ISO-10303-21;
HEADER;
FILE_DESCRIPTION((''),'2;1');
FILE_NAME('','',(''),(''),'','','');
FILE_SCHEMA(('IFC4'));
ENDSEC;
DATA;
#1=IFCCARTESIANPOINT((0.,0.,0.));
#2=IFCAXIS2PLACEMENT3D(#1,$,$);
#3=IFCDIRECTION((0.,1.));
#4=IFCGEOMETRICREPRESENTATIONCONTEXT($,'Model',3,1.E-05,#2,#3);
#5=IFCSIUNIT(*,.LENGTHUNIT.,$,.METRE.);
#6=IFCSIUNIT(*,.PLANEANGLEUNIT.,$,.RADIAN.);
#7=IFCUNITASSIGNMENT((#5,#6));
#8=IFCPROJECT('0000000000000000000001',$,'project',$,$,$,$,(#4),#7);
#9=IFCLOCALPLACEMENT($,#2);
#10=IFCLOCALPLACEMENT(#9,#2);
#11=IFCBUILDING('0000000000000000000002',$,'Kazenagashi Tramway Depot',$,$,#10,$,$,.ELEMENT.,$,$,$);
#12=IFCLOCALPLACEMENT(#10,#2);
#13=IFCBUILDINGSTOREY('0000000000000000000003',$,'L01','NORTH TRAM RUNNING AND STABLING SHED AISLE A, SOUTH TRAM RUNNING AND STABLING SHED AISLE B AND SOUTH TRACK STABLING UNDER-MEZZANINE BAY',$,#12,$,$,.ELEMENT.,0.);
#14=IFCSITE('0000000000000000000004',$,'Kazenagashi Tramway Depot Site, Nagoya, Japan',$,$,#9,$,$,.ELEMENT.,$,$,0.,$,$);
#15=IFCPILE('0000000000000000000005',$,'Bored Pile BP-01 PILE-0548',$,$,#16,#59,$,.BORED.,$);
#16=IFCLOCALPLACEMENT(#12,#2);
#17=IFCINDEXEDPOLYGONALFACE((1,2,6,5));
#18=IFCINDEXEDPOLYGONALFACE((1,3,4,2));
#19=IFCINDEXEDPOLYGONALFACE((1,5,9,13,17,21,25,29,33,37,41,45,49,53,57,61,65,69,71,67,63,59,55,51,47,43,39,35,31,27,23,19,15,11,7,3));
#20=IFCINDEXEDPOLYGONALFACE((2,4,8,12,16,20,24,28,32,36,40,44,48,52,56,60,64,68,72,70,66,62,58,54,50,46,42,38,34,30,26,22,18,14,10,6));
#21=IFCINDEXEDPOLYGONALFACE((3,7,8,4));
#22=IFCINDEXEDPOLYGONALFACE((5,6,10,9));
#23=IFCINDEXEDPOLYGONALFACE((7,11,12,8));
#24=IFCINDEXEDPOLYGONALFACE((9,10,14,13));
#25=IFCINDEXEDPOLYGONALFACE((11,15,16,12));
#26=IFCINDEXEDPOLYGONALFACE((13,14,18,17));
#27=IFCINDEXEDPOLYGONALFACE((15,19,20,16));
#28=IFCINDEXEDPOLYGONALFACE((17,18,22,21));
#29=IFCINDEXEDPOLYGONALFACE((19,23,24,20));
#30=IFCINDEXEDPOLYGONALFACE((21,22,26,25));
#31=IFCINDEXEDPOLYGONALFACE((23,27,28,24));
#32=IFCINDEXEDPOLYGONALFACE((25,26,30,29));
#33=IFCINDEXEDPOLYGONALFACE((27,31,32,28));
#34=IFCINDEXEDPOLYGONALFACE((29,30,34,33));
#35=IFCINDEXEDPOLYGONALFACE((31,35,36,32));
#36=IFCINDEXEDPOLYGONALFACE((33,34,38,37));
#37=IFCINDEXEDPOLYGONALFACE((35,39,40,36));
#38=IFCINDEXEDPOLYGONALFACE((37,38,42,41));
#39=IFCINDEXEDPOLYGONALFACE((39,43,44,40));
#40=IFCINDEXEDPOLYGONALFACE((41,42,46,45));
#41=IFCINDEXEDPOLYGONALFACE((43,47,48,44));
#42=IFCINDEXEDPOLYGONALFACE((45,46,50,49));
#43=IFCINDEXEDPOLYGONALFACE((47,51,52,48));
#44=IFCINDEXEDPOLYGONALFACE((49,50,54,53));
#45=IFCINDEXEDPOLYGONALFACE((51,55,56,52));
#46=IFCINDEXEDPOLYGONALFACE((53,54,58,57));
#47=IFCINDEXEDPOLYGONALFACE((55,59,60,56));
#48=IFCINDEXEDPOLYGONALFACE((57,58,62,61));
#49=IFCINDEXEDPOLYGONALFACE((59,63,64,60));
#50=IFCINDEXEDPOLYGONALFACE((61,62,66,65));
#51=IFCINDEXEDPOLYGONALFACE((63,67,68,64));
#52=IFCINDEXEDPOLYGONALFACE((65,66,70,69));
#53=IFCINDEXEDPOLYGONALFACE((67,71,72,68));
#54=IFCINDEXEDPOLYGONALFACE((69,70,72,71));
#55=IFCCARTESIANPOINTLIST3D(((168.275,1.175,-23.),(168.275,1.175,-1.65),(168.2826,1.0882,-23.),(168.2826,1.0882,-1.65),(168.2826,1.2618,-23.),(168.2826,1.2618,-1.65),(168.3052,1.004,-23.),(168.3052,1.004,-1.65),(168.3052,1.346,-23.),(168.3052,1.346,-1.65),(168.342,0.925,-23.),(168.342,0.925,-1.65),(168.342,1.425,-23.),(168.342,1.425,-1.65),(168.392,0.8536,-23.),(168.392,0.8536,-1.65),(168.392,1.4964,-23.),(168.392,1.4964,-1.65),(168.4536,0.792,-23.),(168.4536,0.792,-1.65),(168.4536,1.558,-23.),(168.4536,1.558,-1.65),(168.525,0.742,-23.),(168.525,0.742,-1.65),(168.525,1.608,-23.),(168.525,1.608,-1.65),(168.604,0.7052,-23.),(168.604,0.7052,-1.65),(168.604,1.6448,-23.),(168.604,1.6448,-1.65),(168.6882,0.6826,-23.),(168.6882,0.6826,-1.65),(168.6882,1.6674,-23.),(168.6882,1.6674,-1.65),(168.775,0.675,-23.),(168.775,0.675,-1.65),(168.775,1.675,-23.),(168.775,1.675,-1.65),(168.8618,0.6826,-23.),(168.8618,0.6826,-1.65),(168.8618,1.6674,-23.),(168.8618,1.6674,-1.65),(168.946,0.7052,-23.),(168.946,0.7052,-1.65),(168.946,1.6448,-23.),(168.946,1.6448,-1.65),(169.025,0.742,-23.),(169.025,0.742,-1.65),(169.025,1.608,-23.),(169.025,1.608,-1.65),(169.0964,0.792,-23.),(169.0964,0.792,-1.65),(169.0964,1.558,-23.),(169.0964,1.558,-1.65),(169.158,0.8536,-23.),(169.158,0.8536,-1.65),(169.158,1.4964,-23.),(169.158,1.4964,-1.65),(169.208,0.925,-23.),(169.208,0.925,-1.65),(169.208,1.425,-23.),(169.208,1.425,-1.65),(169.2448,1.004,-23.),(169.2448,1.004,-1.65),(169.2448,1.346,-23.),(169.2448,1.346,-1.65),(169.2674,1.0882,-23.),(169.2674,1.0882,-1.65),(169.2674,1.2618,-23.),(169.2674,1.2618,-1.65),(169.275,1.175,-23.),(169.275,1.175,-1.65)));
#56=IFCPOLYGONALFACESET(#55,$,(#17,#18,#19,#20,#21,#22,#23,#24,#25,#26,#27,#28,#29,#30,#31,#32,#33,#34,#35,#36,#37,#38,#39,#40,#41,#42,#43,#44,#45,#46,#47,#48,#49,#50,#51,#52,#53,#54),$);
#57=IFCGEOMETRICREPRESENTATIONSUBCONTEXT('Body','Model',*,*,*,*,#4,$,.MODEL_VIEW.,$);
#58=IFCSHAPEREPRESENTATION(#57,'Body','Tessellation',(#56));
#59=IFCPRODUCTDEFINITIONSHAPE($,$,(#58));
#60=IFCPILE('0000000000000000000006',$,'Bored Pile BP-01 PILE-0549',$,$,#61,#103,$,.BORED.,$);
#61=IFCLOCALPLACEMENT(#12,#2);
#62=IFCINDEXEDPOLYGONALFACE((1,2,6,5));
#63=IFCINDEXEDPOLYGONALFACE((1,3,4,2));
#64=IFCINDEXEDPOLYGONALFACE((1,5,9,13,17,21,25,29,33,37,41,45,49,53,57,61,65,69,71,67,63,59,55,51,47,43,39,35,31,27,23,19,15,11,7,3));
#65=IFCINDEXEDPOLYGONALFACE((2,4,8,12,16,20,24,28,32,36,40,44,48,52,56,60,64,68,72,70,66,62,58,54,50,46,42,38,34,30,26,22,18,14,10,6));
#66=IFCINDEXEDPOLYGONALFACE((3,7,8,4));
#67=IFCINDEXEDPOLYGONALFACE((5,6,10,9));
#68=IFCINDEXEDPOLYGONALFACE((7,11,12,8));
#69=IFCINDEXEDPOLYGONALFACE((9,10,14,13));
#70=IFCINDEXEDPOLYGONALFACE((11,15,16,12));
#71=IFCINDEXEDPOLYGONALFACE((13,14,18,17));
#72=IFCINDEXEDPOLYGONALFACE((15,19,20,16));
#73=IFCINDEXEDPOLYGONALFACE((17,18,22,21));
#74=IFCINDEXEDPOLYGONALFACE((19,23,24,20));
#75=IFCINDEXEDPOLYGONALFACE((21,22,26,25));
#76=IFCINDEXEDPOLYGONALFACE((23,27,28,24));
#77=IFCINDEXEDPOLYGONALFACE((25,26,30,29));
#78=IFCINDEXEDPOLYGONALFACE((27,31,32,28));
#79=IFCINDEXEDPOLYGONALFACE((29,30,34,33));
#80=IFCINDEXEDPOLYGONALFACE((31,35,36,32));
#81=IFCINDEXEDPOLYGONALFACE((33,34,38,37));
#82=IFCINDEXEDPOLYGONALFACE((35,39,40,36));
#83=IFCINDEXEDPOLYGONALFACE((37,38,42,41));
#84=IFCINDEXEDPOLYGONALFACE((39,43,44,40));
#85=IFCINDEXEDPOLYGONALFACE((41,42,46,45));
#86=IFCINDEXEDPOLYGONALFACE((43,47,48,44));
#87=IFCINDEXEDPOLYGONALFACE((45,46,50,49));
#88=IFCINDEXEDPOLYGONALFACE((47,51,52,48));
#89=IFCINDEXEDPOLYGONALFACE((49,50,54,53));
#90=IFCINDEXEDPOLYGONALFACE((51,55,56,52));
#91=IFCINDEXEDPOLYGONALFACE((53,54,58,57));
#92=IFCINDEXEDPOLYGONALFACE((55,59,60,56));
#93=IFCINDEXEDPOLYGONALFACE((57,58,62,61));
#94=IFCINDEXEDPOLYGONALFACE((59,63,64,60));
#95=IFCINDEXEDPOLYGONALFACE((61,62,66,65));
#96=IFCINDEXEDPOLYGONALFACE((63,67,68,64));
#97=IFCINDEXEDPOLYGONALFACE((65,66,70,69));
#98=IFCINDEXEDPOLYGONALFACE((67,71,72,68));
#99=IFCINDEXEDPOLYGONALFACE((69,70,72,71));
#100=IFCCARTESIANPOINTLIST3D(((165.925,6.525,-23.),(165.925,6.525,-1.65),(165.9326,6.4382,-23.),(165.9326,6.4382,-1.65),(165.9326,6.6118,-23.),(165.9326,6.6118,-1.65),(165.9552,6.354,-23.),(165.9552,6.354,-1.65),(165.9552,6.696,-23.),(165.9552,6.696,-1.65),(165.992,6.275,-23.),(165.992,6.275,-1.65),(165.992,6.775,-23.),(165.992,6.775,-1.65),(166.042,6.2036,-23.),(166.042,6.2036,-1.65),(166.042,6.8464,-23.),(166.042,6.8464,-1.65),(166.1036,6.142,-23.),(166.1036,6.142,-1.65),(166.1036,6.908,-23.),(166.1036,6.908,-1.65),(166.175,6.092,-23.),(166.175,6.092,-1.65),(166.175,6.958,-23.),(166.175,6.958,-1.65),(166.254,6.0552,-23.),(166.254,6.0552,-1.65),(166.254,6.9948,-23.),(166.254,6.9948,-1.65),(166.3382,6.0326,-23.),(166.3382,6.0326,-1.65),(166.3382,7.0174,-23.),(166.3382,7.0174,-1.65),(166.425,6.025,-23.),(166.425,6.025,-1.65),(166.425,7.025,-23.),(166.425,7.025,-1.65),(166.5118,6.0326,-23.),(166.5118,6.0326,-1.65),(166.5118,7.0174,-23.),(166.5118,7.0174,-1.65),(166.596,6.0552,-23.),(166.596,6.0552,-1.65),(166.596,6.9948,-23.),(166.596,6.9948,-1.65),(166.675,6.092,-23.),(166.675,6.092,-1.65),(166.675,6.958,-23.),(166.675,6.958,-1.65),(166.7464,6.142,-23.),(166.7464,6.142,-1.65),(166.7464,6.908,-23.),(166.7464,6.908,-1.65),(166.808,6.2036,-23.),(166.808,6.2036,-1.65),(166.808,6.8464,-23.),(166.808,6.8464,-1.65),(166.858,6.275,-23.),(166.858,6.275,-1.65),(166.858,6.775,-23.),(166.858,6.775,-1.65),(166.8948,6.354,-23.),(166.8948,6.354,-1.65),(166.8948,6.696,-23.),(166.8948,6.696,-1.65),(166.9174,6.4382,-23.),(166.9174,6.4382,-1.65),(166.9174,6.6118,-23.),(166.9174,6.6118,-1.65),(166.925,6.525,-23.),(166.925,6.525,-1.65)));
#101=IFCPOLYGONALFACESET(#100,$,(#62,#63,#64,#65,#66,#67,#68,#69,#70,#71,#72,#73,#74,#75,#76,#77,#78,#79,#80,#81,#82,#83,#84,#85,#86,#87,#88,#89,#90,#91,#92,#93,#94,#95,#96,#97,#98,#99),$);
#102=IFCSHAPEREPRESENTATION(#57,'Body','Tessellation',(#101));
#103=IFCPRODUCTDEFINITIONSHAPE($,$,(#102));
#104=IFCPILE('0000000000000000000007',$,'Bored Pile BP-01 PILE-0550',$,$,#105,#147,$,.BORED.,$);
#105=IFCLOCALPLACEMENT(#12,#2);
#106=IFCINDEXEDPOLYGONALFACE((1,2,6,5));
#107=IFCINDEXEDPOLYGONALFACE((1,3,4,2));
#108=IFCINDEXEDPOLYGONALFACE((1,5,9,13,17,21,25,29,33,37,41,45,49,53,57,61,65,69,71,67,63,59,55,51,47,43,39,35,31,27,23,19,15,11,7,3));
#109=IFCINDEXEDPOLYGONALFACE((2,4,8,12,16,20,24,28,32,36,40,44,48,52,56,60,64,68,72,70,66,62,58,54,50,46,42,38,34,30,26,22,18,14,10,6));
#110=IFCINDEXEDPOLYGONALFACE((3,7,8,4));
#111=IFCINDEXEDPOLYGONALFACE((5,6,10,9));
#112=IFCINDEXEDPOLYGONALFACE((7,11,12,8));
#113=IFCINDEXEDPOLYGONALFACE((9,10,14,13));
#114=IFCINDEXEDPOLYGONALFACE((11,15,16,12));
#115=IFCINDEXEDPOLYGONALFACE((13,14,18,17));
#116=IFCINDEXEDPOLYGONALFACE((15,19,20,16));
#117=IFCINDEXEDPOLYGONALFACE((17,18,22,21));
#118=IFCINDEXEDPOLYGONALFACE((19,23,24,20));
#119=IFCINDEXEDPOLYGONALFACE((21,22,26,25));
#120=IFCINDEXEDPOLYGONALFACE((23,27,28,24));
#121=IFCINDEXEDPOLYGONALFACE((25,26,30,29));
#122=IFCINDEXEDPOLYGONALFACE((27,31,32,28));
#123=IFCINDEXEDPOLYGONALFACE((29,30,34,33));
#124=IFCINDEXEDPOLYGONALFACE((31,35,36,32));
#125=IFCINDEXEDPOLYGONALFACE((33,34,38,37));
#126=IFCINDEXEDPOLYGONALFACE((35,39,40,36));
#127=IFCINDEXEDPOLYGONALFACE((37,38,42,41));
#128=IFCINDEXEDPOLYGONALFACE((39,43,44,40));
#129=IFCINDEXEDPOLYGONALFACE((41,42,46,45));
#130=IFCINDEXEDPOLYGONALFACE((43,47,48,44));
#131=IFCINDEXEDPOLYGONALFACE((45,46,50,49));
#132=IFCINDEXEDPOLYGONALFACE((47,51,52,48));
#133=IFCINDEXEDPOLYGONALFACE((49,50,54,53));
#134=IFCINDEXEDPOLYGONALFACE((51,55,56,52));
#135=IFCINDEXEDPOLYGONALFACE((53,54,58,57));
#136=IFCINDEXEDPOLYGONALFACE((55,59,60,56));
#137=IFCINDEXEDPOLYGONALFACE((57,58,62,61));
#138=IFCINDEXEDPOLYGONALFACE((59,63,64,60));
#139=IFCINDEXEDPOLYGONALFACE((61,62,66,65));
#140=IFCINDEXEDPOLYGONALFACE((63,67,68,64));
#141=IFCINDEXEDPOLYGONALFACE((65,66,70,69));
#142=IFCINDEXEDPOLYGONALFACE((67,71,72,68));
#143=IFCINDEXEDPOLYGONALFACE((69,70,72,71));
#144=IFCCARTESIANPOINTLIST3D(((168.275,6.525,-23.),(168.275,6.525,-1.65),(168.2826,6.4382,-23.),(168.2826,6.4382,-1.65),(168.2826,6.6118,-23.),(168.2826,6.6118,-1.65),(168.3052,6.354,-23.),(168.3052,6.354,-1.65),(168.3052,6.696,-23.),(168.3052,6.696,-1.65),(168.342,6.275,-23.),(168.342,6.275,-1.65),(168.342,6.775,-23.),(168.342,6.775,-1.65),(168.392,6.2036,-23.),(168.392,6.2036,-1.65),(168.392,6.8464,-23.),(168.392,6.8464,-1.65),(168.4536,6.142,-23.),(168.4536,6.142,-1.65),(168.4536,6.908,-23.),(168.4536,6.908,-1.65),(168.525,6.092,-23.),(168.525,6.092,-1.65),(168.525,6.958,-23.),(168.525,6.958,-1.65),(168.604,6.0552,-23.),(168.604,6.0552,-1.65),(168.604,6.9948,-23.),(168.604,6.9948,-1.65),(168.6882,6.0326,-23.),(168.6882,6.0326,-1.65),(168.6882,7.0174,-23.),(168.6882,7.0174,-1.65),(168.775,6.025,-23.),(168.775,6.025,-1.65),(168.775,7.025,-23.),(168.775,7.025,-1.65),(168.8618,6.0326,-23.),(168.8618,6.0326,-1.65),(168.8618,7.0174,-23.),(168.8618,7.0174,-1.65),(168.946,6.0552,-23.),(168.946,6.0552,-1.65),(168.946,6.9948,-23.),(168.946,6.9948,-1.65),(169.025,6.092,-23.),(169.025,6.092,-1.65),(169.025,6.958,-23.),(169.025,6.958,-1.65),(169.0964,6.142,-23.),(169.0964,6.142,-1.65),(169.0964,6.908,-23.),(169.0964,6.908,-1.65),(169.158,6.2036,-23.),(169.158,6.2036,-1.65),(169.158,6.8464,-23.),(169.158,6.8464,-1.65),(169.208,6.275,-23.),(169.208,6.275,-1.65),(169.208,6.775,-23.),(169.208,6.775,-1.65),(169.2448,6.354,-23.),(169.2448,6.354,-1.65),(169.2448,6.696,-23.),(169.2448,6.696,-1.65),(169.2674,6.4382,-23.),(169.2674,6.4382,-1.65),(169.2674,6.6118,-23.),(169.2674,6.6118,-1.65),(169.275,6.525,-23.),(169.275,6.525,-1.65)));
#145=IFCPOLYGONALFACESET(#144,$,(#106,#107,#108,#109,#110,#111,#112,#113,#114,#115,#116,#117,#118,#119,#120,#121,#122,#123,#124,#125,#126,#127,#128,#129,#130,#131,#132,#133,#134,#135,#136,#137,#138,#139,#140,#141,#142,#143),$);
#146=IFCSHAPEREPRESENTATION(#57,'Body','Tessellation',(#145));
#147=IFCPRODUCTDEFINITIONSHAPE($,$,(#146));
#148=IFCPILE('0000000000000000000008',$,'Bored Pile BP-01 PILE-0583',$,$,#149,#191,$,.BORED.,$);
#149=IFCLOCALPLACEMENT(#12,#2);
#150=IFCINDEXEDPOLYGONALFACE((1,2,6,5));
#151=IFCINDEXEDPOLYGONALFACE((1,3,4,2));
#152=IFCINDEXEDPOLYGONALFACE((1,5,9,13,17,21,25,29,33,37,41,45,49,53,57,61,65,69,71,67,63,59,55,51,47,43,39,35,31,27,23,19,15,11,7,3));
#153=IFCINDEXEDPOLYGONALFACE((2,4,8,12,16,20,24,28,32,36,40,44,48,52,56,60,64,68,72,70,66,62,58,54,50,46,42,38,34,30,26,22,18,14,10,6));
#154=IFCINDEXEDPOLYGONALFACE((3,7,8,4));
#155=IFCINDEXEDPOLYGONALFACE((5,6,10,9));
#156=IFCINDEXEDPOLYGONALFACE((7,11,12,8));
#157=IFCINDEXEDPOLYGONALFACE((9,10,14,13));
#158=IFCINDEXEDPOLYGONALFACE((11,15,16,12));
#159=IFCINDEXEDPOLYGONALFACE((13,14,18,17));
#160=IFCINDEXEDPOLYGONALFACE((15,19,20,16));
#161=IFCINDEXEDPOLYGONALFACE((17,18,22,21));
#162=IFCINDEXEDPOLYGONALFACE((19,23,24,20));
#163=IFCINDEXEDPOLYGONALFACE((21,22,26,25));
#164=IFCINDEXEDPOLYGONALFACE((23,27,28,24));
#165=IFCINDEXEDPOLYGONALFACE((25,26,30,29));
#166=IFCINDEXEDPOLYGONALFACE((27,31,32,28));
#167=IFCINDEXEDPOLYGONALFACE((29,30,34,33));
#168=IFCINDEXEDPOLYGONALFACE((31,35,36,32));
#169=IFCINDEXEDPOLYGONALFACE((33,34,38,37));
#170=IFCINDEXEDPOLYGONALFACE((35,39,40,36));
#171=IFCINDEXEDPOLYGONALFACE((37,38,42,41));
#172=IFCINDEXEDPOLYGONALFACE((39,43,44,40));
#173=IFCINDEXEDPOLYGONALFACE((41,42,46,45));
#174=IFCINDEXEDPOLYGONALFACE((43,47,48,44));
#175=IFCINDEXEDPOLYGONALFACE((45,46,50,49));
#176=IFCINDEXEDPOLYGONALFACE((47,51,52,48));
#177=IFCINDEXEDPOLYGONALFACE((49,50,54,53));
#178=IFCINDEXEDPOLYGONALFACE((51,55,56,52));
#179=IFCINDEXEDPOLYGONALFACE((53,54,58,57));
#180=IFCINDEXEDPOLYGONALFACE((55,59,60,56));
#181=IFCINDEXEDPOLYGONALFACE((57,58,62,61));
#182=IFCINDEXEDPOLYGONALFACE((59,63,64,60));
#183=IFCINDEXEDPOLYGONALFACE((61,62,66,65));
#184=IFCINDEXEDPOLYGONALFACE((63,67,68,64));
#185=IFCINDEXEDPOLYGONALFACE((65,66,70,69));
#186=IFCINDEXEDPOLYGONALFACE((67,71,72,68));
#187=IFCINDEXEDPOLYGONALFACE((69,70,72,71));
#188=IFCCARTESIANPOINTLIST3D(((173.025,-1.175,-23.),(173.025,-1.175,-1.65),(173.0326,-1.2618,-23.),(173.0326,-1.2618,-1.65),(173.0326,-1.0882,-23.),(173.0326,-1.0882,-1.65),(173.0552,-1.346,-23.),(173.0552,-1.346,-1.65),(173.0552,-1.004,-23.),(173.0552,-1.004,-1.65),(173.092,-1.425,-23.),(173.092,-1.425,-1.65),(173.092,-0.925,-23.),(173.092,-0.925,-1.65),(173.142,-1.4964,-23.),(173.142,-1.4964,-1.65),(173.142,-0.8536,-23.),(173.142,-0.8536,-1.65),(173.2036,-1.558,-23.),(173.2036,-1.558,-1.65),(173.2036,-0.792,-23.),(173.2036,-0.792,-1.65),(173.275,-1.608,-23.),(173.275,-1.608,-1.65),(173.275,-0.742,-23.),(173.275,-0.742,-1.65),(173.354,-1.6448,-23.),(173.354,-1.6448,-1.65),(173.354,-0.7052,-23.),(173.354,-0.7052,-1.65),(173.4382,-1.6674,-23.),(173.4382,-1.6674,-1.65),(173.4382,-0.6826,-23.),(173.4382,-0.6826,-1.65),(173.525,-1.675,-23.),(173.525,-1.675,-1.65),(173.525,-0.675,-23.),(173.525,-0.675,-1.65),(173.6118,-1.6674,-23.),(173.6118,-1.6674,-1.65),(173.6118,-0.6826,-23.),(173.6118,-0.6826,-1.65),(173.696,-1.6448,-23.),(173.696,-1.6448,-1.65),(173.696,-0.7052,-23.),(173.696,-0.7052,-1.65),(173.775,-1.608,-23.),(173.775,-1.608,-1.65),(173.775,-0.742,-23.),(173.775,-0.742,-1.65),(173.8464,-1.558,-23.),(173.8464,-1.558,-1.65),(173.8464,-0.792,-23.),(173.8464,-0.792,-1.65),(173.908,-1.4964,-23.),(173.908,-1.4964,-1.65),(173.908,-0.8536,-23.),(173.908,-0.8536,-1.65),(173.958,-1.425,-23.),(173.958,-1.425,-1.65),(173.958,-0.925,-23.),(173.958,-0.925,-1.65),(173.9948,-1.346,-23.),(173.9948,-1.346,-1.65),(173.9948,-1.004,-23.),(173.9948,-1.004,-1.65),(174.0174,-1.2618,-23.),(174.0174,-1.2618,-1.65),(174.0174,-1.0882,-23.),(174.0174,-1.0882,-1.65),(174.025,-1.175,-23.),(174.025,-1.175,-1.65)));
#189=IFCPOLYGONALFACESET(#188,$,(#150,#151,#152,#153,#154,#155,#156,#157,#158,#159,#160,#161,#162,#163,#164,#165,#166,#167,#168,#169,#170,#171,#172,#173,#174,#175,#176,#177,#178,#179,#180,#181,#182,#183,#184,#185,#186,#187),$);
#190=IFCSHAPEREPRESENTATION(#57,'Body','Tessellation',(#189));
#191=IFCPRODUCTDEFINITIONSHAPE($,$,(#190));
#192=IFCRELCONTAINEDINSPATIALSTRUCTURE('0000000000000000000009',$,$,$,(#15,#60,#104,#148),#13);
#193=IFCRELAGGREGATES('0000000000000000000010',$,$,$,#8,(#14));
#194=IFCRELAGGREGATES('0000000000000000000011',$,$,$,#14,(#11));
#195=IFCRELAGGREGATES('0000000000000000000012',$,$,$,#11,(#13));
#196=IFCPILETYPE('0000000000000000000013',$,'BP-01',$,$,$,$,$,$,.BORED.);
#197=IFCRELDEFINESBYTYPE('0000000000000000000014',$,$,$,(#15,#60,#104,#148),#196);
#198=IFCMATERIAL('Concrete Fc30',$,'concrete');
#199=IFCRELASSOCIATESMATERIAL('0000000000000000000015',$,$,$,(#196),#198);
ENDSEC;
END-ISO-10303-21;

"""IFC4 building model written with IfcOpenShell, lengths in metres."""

from ifc_helpers import new_model, si_unit, direction, frame, origin, origin_2d, place, context, subcontext, project, spatial, circle, extrude, material, material_profile, profile_set, type_object, element, save


model = new_model("IFC4")

# Units and contexts
model_context = context("Model", 3, precision=1e-05, world=origin(), true_north=direction((0.0, 1.0)))
body_context = subcontext(model_context, "Body", "Model", "MODEL_VIEW")
ifc_project = project(units=[si_unit("LENGTHUNIT", "METRE"), si_unit("PLANEANGLEUNIT", "RADIAN")], contexts=[model_context])

# Site, building, storey
site_placement = place(None, origin())
site = spatial("IfcSite", under=ifc_project, at=site_placement, Name="Kazenagashi Tramway Depot Site, Nagoya, Japan", CompositionType="ELEMENT", RefElevation=0.0)
building_placement = place(site_placement, origin())
building = spatial("IfcBuilding", under=site, at=building_placement, Name="Kazenagashi Tramway Depot", CompositionType="ELEMENT")
storey_placement = place(building_placement, origin())
storey = spatial("IfcBuildingStorey", under=building, at=storey_placement, Name="L01", Description="NORTH TRAM RUNNING AND STABLING SHED AISLE A, SOUTH TRAM RUNNING AND STABLING SHED AISLE B AND SOUTH TRACK STABLING UNDER-MEZZANINE BAY", CompositionType="ELEMENT", Elevation=0.0)

# Piles
ifc_material_1 = material(Name="Concrete Fc30", Category="concrete")
ifc_material_profile_1 = material_profile(ifc_material_1, circle(Radius=0.5, at=origin_2d()), Name="PILE-1000")
ifc_profile_set_1 = profile_set([ifc_material_profile_1], Name="Concrete Fc30")
pile_type = type_object("IfcPileType", Name="BP-01", PredefinedType="BORED", material=ifc_profile_set_1)
for number, where, z_axis, x_axis, name in (
    (1, (168.775, 1.175, -1.65), (0.0, 0.0, -1.0), (1.0, 0.0, 0.0), "Bored Pile BP-01 PILE-0548"),
    (2, (166.425, 6.525, -1.65), (0.0, 0.0, -1.0), (1.0, 0.0, 0.0), "Bored Pile BP-01 PILE-0549"),
    (3, (168.775, 6.525, -1.65), (0.0, 0.0, -1.0), (1.0, 0.0, 0.0), "Bored Pile BP-01 PILE-0550"),
    (4, (173.525, -1.175, -1.65), (0.0, 0.0, -1.0), (1.0, 0.0, 0.0), "Bored Pile BP-01 PILE-0583"),
):
    element("IfcPile", number, at=place(storey_placement, frame(where, z_axis=z_axis, x_axis=x_axis)), inside=storey, type_object=pile_type, Name=name, PredefinedType="BORED", context=body_context, shape_type="SweptSolid", body=[
        extrude(circle(Radius=0.5, at=origin_2d()), origin(), (0.0, 0.0, 1.0), 21.35),
    ])

save(model, "model.ifc")
